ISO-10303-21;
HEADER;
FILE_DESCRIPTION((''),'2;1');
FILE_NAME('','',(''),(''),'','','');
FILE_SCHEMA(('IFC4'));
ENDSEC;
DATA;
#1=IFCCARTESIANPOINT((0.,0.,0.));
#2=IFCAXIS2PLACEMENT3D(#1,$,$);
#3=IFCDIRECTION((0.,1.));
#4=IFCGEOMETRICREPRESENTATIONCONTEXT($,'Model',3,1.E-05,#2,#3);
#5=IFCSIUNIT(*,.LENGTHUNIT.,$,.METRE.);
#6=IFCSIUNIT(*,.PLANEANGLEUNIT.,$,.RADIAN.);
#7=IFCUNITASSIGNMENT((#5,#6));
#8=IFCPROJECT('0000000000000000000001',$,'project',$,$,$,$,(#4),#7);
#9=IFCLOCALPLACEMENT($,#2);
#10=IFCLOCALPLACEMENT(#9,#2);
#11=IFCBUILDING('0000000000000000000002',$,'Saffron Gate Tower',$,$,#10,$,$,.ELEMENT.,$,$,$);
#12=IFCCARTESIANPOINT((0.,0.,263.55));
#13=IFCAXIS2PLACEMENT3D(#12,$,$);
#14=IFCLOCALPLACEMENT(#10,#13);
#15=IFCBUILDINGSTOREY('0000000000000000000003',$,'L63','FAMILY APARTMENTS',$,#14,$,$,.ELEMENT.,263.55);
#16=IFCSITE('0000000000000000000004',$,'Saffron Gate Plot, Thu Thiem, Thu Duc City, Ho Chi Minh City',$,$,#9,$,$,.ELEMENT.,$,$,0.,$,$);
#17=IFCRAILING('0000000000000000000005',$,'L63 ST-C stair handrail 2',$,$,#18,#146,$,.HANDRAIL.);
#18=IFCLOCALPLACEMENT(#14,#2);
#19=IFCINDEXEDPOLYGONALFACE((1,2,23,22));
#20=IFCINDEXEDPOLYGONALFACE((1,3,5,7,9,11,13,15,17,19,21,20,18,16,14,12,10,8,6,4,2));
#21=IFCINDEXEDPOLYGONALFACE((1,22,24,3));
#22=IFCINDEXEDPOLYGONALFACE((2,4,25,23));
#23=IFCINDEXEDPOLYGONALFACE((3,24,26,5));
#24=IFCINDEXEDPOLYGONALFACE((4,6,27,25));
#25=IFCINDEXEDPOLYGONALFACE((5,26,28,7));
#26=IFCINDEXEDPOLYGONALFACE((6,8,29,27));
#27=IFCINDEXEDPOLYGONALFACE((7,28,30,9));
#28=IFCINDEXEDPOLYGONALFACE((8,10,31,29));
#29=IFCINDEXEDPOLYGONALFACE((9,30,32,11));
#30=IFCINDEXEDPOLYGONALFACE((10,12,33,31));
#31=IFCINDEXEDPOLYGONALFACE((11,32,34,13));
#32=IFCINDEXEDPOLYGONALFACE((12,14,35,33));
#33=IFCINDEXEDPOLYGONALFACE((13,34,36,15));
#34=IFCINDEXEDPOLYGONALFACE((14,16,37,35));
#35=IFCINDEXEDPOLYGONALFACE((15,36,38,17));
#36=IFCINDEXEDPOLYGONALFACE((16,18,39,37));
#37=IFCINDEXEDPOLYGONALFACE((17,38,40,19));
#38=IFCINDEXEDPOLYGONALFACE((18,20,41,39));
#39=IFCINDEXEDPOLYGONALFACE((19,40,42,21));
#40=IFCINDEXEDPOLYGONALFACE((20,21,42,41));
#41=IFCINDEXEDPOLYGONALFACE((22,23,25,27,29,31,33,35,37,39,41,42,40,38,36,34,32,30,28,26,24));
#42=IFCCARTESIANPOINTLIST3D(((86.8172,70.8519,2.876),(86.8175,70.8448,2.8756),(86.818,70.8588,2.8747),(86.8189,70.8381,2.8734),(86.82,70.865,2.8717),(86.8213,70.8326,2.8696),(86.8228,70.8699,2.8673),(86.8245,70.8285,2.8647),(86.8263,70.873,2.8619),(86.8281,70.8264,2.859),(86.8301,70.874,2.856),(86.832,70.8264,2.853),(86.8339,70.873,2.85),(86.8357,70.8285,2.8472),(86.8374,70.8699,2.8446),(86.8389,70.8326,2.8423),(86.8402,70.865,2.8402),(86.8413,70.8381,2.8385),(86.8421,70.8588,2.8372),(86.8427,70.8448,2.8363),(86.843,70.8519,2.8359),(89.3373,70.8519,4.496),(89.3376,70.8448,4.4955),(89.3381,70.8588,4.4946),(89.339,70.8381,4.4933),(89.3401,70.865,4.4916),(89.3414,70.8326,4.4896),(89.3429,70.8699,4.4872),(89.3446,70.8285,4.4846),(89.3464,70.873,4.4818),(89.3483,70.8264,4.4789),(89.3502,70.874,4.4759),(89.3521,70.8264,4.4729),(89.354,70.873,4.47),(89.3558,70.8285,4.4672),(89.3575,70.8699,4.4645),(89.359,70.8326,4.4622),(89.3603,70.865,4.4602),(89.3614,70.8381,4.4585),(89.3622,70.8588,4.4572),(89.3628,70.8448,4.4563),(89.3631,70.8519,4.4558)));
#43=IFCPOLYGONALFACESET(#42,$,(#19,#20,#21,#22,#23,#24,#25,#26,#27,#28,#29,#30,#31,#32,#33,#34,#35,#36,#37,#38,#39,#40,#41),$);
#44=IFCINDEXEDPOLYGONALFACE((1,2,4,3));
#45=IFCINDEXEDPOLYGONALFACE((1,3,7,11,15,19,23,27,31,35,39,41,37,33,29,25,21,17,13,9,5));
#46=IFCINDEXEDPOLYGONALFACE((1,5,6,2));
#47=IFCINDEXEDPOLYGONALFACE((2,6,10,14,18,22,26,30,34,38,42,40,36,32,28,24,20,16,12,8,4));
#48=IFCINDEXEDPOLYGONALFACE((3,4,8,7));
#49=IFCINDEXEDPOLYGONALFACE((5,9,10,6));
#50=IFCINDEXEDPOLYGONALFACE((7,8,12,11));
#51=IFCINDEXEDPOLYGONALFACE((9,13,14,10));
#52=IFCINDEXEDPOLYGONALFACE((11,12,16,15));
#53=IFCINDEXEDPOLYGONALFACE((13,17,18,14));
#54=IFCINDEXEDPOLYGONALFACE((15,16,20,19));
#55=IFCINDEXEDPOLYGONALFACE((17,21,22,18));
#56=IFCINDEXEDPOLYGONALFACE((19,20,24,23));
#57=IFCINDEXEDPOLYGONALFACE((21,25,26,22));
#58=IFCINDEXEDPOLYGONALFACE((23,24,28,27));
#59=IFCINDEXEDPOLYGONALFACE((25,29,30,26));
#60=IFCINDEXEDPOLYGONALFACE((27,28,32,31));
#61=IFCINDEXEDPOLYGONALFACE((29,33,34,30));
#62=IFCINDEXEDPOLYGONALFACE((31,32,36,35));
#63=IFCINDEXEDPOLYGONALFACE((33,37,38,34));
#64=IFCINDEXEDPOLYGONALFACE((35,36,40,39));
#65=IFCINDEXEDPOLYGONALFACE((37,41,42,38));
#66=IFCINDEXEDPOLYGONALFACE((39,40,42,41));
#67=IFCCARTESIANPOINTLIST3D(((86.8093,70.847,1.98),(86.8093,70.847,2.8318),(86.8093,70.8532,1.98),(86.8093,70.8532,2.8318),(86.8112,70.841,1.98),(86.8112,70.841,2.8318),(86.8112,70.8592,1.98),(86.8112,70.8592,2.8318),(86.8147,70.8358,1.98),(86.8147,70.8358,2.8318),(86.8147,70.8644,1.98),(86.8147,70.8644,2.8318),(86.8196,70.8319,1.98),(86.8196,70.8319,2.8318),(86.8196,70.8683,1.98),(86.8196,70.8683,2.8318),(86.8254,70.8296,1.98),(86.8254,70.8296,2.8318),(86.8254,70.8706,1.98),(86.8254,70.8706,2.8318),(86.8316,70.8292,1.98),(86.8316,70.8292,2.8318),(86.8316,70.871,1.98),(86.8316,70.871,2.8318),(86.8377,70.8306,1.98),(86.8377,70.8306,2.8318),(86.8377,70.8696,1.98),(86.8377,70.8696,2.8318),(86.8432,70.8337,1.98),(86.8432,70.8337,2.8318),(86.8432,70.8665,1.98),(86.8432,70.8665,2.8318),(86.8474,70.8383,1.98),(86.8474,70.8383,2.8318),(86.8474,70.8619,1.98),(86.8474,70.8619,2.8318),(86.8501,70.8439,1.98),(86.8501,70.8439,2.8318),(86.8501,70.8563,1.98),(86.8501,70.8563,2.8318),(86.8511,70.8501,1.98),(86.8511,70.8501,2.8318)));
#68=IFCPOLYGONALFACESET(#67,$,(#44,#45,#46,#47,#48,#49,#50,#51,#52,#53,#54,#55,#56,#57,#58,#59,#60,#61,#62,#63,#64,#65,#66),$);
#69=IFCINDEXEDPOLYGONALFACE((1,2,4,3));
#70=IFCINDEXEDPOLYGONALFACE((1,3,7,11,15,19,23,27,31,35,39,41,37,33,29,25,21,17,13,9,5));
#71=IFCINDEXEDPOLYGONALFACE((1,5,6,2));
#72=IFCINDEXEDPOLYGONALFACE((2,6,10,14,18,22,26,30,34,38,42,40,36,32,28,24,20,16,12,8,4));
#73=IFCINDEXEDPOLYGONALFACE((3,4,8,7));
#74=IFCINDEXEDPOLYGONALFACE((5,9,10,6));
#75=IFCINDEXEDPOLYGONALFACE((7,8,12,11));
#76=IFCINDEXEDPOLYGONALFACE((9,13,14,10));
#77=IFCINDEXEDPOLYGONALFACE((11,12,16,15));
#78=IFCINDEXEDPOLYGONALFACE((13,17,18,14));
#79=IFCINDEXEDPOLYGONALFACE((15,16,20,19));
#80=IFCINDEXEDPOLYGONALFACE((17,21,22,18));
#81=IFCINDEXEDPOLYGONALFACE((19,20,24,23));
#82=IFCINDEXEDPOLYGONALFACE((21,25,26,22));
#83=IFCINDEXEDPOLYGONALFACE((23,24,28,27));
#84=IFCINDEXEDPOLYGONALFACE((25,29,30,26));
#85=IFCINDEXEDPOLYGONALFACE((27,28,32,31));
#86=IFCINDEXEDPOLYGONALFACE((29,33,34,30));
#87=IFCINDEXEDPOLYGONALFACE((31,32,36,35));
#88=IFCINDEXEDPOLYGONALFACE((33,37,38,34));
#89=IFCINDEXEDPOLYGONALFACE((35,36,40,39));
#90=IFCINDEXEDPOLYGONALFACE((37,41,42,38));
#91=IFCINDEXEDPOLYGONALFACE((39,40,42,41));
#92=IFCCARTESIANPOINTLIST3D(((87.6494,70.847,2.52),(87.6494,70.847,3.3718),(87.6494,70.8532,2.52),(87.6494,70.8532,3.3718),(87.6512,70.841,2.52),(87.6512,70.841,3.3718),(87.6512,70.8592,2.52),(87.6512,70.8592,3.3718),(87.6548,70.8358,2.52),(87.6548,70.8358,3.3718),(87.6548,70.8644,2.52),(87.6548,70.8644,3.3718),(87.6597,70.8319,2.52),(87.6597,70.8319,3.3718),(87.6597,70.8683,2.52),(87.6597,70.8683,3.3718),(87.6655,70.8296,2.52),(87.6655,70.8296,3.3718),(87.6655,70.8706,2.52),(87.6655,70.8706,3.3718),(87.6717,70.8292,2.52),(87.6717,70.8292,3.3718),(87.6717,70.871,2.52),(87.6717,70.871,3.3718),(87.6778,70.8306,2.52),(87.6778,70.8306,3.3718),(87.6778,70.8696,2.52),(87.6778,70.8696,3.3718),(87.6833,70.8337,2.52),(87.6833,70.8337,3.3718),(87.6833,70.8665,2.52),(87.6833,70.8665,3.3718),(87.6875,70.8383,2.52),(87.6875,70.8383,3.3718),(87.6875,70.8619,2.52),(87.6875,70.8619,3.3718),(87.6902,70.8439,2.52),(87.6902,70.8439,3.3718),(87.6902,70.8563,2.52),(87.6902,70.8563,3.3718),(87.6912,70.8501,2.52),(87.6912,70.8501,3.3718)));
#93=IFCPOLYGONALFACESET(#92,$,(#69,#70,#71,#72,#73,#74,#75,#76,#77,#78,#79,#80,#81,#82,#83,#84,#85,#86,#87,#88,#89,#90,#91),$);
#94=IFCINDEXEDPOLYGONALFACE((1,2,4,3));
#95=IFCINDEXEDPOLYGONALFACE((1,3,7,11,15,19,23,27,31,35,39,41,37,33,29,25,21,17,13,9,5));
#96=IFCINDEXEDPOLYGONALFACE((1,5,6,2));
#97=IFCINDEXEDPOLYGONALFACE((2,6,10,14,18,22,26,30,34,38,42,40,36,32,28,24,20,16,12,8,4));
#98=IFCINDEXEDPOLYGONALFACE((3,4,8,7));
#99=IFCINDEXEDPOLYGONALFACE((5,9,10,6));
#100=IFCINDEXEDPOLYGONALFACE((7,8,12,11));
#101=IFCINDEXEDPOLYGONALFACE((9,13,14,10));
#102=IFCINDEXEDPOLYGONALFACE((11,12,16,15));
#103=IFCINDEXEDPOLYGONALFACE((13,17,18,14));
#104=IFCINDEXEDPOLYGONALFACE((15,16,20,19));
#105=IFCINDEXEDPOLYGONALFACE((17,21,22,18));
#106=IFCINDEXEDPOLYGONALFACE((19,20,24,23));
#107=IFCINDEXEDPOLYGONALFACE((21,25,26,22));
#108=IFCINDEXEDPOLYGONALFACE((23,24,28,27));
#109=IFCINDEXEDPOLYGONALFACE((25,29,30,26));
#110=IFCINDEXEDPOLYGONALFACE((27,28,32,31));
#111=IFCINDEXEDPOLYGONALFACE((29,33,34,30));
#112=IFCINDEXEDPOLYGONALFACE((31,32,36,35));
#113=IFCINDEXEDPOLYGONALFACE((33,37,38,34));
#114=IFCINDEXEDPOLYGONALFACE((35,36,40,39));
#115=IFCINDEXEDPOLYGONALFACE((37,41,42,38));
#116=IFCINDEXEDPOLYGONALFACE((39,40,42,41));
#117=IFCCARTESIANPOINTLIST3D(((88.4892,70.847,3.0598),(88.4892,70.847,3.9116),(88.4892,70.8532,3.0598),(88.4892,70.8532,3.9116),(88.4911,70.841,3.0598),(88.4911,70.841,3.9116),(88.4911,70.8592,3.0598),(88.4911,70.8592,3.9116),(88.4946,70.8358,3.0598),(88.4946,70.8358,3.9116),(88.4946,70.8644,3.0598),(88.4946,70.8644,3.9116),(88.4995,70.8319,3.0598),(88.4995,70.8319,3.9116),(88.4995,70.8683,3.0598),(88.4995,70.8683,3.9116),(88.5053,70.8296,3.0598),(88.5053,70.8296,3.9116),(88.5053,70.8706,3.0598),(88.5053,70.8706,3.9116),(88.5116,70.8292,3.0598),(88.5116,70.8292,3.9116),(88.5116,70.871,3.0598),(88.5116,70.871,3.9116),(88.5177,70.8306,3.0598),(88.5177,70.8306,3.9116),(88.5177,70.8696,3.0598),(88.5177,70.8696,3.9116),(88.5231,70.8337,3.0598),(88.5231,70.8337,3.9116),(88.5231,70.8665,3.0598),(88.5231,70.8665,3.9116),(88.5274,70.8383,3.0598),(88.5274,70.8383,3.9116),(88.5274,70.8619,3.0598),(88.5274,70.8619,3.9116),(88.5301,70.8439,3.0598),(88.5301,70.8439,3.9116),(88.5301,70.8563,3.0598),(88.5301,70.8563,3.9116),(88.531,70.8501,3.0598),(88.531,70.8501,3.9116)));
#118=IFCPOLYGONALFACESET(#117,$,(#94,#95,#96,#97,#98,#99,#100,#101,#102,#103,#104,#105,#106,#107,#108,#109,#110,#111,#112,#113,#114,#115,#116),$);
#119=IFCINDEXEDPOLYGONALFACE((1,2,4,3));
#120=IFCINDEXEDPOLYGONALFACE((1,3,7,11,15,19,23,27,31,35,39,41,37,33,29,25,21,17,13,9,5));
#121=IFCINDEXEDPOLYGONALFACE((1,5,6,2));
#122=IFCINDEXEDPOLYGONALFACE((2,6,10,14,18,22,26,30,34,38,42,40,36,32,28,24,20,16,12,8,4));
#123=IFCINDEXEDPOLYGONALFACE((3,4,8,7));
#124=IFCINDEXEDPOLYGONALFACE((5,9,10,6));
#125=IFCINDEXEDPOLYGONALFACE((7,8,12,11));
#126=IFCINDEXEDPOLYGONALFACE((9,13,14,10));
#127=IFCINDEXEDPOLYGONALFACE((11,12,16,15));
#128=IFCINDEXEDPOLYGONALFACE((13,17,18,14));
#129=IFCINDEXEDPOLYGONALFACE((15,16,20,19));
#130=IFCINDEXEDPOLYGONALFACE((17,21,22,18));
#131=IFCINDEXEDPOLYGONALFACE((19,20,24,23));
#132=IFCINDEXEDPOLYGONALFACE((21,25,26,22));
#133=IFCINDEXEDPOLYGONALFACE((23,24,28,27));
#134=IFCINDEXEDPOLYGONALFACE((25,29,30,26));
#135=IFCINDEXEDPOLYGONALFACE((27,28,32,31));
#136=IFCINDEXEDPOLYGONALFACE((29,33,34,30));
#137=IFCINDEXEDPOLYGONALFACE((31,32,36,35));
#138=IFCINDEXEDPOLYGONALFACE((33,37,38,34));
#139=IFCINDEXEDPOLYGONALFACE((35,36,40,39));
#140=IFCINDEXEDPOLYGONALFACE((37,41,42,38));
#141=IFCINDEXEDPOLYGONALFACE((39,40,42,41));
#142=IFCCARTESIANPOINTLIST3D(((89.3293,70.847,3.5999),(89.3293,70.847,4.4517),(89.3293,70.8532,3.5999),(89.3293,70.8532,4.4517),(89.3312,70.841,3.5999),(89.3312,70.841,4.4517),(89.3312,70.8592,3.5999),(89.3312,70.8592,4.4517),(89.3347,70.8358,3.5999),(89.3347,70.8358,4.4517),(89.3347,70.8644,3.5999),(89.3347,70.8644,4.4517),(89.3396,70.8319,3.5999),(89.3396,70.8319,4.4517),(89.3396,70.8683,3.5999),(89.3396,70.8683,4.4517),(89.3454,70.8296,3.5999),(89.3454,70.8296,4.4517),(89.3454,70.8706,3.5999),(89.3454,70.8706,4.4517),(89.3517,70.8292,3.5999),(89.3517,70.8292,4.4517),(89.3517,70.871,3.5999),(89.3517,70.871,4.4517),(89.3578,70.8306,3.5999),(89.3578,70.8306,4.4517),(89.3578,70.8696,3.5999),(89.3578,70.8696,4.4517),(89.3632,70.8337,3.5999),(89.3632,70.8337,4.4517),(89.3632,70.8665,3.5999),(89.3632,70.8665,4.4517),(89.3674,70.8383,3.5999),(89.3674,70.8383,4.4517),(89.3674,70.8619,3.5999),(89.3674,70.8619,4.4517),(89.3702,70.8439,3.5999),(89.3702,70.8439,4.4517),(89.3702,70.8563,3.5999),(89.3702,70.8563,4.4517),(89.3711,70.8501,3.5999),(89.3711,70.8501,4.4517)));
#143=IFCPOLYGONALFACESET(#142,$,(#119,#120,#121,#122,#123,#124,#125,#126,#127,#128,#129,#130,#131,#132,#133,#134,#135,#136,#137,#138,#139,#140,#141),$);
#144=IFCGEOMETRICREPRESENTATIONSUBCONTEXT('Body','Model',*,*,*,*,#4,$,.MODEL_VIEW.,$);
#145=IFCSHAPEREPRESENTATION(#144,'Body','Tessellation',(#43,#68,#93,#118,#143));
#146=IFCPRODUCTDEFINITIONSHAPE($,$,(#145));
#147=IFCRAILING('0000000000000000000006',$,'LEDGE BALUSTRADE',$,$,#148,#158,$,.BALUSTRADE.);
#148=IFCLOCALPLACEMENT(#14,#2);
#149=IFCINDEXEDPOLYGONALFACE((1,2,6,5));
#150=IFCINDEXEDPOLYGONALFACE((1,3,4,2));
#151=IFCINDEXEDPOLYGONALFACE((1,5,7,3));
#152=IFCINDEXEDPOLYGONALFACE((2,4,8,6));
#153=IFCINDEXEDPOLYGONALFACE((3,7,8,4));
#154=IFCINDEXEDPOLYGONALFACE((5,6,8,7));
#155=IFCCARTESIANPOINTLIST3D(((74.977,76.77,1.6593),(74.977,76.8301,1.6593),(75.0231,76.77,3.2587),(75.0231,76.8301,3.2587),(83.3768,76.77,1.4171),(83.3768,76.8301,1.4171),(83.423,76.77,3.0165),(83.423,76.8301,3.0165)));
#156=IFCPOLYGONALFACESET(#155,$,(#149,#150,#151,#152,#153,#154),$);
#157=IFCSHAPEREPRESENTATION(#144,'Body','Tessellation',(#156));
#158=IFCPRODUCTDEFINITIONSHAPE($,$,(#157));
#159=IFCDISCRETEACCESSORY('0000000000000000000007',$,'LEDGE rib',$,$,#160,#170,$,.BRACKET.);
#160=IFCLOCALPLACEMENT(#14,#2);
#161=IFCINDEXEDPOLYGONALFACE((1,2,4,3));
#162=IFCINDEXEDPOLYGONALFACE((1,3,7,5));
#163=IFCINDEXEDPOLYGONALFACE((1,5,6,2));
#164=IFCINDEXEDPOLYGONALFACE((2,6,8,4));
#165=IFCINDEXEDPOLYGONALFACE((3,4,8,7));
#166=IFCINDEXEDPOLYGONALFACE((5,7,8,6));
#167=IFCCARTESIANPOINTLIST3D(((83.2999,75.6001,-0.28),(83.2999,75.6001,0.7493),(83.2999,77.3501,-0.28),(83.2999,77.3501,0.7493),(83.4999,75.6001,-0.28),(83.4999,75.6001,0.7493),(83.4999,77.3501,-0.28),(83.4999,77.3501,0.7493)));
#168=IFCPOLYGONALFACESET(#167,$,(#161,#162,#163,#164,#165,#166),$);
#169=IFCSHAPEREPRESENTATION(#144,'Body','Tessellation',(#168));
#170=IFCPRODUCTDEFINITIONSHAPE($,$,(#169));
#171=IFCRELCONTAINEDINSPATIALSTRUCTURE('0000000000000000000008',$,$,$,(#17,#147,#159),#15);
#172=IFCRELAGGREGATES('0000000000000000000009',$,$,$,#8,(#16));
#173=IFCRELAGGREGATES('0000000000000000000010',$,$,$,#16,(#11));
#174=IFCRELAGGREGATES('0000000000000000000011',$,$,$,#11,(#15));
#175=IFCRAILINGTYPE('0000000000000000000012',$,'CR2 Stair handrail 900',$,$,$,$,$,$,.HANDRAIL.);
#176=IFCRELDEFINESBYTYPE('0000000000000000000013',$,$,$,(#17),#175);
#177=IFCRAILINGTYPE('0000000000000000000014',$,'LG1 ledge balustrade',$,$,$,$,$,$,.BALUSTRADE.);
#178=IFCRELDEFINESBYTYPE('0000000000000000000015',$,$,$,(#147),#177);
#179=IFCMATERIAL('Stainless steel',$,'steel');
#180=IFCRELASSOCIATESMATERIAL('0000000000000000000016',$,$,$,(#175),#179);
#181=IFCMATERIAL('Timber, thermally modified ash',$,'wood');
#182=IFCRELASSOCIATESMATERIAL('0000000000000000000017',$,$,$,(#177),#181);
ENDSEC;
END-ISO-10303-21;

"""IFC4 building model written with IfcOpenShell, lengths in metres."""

from ifc_helpers import new_model, si_unit, direction, frame, origin, origin_2d, place, context, subcontext, project, spatial, rectangle, circle, extrude, material, type_object, element, save


model = new_model("IFC4")

# Units and contexts
model_context = context("Model", 3, precision=1e-05, world=origin(), true_north=direction((0.0, 1.0)))
body_context = subcontext(model_context, "Body", "Model", "MODEL_VIEW")
ifc_project = project(units=[si_unit("LENGTHUNIT", "METRE"), si_unit("PLANEANGLEUNIT", "RADIAN")], contexts=[model_context])

# Site, building, storey
site_placement = place(None, origin())
site = spatial("IfcSite", under=ifc_project, at=site_placement, Name="Saffron Gate Plot, Thu Thiem, Thu Duc City, Ho Chi Minh City", CompositionType="ELEMENT", RefElevation=0.0)
building_placement = place(site_placement, origin())
building = spatial("IfcBuilding", under=site, at=building_placement, Name="Saffron Gate Tower", CompositionType="ELEMENT")
storey_placement = place(building_placement, frame((0.0, 0.0, 263.55)))
storey = spatial("IfcBuildingStorey", under=building, at=storey_placement, Name="L63", Description="FAMILY APARTMENTS", CompositionType="ELEMENT", Elevation=263.55)

# Railings
ifc_material_1 = material(Name="Stainless steel", Category="steel")
railing_type_1 = type_object("IfcRailingType", Name="CR2 Stair handrail 900", PredefinedType="HANDRAIL", material=ifc_material_1)
railing_1_placement = place(storey_placement, frame((86.8301, 70.8501, 1.98)))
element("IfcRailing", 1, at=railing_1_placement, inside=storey, type_object=railing_type_1, Name="L63 ST-C stair handrail 2", PredefinedType="HANDRAIL", context=body_context, shape_type="SweptSolid", body=[
    extrude(circle(Radius=0.0239, at=origin_2d()), frame((0.0, 0.0, 0.876), z_axis=(0.8412, 0.0, 0.540725), x_axis=(0.0, 1.0, 0.0)), (0.0, 0.0, 1.0), 2.9958),
    extrude(circle(Radius=0.021, at=origin_2d()), origin(), (0.0, 0.0, 1.0), 0.8518),
    extrude(circle(Radius=0.021, at=origin_2d()), frame((0.8401, 0.0, 0.54)), (0.0, 0.0, 1.0), 0.8518),
    extrude(circle(Radius=0.021, at=origin_2d()), frame((1.6799, 0.0, 1.0798)), (0.0, 0.0, 1.0), 0.8518),
    extrude(circle(Radius=0.021, at=origin_2d()), frame((2.52, 0.0, 1.6199)), (0.0, 0.0, 1.0), 0.8518),
])
ifc_material_2 = material(Name="Timber, thermally modified ash", Category="wood")
railing_type_2 = type_object("IfcRailingType", Name="LG1 ledge balustrade", PredefinedType="BALUSTRADE", material=ifc_material_2)
railing_2_placement = place(storey_placement, frame((83.3999, 76.8, 1.4167)))
element("IfcRailing", 2, at=railing_2_placement, inside=storey, type_object=railing_type_2, Name="LEDGE BALUSTRADE", PredefinedType="BALUSTRADE", context=body_context, shape_type="SweptSolid", body=[
    extrude(rectangle(XDim=0.0601, YDim=1.6001, at=origin_2d()), frame((0.0, 0.0, 0.8), z_axis=(-0.999585, 0.0, 0.02882), x_axis=(0.0, -1.0, 0.0)), (0.0, 0.0, 1.0), 8.4033),
])

# Discrete accessory
discrete_accessory_placement = place(storey_placement, frame((83.3999, 76.4751, -0.28), z_axis=(0.0, 0.0, 1.0), x_axis=(-1.0, 0.0, 0.0)))
element("IfcDiscreteAccessory", 3, at=discrete_accessory_placement, inside=storey, Name="LEDGE rib", PredefinedType="BRACKET", context=body_context, shape_type="SweptSolid", body=[
    extrude(rectangle(XDim=0.2, YDim=1.75, at=origin_2d()), origin(), (0.0, 0.0, 1.0), 1.0293),
])

save(model, "model.ifc")
